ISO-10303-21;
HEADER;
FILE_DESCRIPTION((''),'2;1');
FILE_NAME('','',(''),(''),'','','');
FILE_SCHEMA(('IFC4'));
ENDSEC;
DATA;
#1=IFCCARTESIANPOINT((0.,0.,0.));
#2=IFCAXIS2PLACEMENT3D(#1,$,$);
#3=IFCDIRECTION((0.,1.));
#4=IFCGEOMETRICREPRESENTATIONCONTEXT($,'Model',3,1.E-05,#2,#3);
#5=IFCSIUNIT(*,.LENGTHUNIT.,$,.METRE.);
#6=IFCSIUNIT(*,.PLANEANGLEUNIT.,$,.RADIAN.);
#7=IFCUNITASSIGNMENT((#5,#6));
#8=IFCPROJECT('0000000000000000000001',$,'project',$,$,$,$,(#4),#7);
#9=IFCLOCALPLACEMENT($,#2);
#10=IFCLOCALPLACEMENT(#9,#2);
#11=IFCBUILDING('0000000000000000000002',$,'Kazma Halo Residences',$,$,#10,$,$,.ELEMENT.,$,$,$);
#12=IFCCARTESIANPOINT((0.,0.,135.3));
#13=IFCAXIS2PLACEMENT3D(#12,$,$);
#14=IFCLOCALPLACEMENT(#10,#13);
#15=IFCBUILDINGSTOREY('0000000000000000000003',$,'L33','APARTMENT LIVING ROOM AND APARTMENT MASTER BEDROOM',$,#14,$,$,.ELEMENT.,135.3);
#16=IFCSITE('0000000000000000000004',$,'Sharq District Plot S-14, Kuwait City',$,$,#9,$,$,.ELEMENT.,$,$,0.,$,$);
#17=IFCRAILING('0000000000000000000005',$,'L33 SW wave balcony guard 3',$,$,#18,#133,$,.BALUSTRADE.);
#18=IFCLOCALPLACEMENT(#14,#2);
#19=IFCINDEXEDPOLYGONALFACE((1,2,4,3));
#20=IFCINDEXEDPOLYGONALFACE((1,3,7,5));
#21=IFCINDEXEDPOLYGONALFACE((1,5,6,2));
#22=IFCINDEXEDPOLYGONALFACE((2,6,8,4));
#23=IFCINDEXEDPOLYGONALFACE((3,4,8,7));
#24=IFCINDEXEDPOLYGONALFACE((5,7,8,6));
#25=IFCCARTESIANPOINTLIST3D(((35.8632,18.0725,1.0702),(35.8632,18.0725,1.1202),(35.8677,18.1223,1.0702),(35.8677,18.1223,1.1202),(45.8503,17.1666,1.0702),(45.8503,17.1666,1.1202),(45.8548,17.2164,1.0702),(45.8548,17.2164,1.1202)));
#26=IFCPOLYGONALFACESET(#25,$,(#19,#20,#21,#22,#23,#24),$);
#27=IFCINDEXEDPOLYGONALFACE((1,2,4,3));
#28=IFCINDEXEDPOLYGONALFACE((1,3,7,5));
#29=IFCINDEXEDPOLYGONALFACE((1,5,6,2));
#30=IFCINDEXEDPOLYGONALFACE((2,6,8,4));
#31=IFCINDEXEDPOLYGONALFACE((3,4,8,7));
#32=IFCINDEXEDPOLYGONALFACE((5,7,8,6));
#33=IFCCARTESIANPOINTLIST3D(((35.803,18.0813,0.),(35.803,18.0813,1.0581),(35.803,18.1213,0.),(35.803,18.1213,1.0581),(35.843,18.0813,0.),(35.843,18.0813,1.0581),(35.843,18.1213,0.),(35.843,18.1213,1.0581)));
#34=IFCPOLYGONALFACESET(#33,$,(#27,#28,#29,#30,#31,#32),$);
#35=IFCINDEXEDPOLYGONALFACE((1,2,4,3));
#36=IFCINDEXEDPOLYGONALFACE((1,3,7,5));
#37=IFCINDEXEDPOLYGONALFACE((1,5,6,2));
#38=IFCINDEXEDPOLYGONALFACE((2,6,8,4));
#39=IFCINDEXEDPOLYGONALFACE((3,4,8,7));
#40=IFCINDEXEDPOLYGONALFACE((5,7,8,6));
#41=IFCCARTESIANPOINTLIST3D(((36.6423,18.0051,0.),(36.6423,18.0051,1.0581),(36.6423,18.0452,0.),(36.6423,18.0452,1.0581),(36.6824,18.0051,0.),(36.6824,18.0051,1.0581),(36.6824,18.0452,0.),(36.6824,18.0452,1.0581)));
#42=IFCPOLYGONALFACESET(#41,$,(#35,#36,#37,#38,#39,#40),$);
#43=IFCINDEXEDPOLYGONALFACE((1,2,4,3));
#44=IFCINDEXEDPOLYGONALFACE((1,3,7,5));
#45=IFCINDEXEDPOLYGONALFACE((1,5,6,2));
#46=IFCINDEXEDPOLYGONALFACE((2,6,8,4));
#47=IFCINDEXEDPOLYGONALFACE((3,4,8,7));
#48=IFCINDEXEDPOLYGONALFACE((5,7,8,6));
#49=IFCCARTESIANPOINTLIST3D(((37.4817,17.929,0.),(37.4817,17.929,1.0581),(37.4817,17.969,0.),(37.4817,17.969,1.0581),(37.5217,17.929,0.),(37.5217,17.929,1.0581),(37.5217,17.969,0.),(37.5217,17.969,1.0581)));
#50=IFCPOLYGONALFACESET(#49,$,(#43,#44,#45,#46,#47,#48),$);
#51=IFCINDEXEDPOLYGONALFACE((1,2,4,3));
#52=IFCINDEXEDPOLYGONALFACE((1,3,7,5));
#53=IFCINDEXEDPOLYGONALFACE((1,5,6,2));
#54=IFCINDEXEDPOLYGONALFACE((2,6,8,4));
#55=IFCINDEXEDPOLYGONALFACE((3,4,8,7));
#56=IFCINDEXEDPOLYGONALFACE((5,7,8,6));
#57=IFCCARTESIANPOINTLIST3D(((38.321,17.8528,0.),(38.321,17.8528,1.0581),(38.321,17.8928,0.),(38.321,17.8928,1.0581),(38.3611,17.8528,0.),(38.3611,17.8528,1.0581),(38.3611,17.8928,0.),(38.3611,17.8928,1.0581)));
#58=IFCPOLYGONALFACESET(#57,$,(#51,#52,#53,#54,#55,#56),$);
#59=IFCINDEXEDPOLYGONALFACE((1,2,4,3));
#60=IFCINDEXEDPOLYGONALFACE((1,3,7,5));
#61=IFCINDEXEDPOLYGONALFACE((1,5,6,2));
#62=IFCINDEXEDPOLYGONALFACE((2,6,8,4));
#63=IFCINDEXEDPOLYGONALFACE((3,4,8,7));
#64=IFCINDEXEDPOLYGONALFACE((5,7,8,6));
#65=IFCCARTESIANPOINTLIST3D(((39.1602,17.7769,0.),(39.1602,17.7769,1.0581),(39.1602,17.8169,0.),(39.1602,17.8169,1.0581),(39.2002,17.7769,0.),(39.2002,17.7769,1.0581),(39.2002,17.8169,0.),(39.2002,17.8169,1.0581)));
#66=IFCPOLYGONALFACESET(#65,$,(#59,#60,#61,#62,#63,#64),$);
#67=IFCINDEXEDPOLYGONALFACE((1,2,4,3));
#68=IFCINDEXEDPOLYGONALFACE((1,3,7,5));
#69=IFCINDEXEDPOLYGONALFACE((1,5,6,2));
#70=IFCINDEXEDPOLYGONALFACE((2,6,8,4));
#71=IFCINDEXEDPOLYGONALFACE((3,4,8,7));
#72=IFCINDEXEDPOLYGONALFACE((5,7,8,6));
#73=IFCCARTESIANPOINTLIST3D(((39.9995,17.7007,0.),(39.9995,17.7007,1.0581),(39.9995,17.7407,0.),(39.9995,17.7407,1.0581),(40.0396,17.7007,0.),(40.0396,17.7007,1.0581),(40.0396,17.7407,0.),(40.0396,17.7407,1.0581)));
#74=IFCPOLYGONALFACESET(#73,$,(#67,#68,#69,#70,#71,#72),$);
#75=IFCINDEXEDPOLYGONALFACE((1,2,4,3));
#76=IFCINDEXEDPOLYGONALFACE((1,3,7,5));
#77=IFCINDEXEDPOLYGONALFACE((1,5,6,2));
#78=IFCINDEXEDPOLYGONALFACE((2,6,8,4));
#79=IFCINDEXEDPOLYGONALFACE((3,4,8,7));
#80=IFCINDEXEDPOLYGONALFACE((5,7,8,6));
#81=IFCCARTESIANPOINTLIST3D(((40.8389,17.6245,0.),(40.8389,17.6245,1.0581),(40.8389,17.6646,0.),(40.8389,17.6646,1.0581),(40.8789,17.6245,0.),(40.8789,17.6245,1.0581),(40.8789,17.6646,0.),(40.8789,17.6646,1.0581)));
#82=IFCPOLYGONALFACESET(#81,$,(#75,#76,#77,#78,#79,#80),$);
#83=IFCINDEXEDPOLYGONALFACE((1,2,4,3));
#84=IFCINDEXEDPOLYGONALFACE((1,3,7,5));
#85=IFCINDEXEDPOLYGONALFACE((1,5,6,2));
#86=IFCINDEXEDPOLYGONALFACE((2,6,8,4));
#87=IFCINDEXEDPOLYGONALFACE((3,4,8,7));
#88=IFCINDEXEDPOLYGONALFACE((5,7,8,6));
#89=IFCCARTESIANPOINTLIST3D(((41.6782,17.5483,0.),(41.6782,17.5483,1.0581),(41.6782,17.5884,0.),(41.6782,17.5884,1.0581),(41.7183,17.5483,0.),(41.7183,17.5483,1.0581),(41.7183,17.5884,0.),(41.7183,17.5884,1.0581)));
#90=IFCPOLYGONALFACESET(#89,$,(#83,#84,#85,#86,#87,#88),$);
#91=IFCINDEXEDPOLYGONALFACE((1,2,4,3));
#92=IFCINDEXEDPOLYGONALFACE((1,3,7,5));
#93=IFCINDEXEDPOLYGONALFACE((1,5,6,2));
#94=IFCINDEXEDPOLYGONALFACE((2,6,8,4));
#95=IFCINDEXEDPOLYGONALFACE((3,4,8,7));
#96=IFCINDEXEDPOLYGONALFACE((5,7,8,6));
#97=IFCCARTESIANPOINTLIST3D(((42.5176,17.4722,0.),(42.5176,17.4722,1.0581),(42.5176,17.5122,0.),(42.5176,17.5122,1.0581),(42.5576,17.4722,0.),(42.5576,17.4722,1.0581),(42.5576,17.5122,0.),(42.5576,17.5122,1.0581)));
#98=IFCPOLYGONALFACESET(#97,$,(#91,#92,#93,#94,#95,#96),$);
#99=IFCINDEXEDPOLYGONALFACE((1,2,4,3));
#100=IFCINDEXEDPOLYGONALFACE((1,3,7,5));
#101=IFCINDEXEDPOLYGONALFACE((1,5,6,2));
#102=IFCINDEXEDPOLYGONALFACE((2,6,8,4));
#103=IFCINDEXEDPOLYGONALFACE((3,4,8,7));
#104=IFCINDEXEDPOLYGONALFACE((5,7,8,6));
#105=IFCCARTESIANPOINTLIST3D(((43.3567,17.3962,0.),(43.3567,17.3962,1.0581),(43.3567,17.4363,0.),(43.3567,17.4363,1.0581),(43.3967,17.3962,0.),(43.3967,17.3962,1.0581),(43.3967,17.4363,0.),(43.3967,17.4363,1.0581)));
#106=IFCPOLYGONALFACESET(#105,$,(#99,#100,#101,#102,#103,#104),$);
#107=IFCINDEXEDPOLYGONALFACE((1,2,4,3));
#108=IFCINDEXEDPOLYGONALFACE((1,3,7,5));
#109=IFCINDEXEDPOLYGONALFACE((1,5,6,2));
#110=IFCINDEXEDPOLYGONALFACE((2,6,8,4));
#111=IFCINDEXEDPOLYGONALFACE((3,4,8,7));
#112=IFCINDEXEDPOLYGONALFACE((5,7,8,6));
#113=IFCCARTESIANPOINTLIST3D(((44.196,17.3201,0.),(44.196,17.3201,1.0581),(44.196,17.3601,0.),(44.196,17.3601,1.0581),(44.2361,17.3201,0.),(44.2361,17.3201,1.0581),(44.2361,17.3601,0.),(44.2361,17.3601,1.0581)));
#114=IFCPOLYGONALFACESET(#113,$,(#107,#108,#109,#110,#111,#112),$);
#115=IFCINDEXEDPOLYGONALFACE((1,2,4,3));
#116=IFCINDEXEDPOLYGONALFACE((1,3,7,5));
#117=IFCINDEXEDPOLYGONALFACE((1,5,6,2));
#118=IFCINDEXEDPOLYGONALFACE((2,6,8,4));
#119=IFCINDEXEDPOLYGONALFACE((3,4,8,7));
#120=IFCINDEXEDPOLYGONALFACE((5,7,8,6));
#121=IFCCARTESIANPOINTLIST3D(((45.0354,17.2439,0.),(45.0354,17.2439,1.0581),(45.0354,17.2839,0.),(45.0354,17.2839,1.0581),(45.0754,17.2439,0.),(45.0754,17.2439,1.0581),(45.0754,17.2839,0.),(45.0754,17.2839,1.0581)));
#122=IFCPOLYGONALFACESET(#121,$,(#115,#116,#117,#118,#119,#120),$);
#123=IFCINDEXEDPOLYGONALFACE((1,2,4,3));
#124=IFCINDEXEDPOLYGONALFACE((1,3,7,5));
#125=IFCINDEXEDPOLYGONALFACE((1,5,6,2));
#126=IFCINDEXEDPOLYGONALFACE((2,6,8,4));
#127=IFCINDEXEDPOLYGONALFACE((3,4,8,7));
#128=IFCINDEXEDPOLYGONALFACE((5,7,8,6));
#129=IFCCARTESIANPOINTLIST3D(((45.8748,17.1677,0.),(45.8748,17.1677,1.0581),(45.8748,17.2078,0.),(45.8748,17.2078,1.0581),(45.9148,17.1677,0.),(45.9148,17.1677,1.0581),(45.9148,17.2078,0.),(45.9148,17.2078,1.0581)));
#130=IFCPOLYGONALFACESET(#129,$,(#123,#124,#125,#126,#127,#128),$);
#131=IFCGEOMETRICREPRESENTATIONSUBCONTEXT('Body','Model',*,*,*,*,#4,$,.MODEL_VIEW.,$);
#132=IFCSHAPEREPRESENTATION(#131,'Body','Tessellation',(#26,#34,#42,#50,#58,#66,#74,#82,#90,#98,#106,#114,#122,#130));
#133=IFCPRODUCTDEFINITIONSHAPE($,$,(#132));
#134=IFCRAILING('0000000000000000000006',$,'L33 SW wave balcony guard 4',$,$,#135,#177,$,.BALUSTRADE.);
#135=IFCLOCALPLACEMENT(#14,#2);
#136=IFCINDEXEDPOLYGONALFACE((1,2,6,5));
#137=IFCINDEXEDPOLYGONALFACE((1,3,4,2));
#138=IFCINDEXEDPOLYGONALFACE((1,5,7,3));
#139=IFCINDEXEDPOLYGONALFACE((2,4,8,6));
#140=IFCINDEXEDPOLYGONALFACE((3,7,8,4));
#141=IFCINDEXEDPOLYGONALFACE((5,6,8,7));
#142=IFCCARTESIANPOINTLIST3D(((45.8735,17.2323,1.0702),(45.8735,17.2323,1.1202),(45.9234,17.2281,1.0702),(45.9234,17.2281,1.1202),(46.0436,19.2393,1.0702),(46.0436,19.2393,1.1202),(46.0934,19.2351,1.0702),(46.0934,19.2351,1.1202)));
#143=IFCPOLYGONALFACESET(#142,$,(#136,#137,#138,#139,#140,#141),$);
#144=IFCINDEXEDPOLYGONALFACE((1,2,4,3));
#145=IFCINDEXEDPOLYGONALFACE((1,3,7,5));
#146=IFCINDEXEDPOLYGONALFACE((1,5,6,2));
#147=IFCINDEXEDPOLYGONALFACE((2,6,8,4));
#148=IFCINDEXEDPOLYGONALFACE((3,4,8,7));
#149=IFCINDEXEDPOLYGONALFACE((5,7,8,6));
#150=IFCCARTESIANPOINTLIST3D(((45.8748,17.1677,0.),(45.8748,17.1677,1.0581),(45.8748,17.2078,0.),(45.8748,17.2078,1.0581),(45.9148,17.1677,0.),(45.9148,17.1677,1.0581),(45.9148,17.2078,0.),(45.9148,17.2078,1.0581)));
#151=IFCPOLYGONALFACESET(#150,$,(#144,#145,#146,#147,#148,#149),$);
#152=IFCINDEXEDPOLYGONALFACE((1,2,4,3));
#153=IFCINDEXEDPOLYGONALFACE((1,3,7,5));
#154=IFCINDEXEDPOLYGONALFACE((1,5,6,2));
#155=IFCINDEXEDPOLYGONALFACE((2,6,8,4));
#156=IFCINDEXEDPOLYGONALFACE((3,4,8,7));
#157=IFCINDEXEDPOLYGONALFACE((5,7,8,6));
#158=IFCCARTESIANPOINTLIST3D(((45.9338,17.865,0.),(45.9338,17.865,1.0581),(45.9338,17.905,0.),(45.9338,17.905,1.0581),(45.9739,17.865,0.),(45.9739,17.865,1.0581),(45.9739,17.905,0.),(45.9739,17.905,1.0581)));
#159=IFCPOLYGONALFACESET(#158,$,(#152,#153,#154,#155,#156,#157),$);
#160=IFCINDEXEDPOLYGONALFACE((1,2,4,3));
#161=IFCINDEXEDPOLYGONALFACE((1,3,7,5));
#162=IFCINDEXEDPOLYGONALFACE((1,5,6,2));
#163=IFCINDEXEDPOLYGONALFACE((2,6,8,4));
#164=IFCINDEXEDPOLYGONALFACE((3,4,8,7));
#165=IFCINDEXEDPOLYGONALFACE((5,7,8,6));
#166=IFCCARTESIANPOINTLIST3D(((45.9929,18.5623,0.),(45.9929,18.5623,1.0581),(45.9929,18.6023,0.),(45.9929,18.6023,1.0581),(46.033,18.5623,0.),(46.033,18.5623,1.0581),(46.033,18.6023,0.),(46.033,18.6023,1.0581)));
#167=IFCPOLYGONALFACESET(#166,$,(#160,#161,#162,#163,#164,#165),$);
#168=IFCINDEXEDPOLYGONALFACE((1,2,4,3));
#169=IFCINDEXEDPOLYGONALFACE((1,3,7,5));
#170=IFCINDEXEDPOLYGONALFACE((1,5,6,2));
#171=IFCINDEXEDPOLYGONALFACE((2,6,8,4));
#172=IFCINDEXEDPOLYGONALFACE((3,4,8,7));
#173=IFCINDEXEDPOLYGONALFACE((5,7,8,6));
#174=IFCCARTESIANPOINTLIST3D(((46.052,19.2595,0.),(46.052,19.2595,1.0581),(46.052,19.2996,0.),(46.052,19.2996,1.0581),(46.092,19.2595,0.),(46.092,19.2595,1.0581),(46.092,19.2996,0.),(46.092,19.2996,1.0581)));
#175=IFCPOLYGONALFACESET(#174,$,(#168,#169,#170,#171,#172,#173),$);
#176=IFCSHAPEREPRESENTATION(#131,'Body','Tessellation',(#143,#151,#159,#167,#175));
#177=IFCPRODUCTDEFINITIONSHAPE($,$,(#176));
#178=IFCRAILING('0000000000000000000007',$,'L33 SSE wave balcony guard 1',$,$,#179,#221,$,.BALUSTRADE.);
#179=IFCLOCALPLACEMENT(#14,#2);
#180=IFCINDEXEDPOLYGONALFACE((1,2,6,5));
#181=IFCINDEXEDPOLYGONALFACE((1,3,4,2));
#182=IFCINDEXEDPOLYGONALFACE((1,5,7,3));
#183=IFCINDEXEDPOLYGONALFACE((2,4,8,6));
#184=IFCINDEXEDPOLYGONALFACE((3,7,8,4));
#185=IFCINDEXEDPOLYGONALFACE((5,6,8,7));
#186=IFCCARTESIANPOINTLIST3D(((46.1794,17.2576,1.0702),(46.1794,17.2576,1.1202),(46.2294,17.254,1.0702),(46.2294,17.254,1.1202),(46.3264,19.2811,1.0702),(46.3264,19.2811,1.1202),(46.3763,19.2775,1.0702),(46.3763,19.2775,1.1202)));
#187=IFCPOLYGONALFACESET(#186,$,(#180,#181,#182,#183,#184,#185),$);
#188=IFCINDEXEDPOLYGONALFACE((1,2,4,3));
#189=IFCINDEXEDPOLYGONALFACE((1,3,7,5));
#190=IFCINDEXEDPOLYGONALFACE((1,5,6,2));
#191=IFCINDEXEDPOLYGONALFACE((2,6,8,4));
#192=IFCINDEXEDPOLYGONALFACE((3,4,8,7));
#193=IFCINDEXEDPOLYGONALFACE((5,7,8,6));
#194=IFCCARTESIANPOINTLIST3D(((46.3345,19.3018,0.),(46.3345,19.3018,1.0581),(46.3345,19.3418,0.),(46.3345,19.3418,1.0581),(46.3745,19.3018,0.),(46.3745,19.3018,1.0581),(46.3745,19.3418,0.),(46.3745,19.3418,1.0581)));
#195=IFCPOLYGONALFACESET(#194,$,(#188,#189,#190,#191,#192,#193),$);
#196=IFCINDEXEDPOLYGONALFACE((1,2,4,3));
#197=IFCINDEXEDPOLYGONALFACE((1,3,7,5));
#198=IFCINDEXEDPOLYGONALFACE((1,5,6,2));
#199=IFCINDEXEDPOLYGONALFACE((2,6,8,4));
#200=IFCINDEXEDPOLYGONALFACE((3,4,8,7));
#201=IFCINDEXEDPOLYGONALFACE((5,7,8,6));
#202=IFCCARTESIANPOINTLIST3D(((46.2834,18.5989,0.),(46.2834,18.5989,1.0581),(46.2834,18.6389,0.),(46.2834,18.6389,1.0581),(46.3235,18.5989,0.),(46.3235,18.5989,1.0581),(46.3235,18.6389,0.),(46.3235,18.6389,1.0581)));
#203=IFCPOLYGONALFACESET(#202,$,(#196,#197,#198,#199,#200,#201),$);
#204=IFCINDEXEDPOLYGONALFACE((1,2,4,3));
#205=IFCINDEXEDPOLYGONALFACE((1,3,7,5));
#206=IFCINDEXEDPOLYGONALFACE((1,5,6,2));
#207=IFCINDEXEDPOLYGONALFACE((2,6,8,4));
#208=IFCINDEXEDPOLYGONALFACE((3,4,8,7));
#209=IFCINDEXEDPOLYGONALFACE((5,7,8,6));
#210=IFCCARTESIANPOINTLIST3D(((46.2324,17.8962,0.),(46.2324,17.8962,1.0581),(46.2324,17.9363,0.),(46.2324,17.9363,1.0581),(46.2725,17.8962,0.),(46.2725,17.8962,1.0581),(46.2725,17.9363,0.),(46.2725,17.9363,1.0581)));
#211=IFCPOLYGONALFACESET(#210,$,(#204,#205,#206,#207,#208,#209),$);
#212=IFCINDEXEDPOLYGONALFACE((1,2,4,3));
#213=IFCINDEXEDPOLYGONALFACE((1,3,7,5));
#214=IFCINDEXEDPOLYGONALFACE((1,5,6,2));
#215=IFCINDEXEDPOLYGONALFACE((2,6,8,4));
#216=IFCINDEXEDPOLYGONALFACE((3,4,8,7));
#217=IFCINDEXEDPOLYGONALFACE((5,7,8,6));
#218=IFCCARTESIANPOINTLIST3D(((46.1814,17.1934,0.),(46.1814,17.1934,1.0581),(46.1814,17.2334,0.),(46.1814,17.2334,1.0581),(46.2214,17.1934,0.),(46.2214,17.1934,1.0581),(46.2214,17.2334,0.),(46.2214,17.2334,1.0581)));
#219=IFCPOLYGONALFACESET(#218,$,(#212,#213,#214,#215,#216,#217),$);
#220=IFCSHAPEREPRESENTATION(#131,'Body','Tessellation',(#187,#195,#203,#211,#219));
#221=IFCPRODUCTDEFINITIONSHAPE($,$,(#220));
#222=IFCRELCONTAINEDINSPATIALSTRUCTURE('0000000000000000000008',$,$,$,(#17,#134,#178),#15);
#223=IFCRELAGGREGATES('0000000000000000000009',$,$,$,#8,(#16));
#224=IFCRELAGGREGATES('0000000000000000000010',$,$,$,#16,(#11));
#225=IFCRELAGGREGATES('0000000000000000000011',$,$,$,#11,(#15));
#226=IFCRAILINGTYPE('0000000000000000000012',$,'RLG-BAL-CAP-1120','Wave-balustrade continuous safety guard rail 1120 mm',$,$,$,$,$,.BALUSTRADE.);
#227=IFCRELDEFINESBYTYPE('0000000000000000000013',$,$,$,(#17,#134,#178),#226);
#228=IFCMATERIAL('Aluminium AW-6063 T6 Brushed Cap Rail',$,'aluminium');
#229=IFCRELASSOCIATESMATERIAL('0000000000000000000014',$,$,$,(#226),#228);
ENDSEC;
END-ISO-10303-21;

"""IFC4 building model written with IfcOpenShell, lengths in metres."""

from ifc_helpers import new_model, si_unit, direction, frame, origin, origin_2d, place, context, subcontext, project, spatial, rectangle, extrude, material, type_object, element, save


model = new_model("IFC4")

# Units and contexts
model_context = context("Model", 3, precision=1e-05, world=origin(), true_north=direction((0.0, 1.0)))
body_context = subcontext(model_context, "Body", "Model", "MODEL_VIEW")
ifc_project = project(units=[si_unit("LENGTHUNIT", "METRE"), si_unit("PLANEANGLEUNIT", "RADIAN")], contexts=[model_context])

# Site, building, storey
site_placement = place(None, origin())
site = spatial("IfcSite", under=ifc_project, at=site_placement, Name="Sharq District Plot S-14, Kuwait City", CompositionType="ELEMENT", RefElevation=0.0)
building_placement = place(site_placement, origin())
building = spatial("IfcBuilding", under=site, at=building_placement, Name="Kazma Halo Residences", CompositionType="ELEMENT")
storey_placement = place(building_placement, frame((0.0, 0.0, 135.3)))
storey = spatial("IfcBuildingStorey", under=building, at=storey_placement, Name="L33", Description="APARTMENT LIVING ROOM AND APARTMENT MASTER BEDROOM", CompositionType="ELEMENT", Elevation=135.3)

# Railings
ifc_material_1 = material(Name="Aluminium AW-6063 T6 Brushed Cap Rail", Category="aluminium")
railing_type = type_object("IfcRailingType", Name="RLG-BAL-CAP-1120", Description="Wave-balustrade continuous safety guard rail 1120 mm", PredefinedType="BALUSTRADE", material=ifc_material_1)
railing_1_placement = place(storey_placement, frame((35.823, 18.1013, 0.0)))
element("IfcRailing", 1, at=railing_1_placement, inside=storey, type_object=railing_type, Name="L33 SW wave balcony guard 3", PredefinedType="BALUSTRADE", context=body_context, shape_type="SweptSolid", body=[
    extrude(rectangle(XDim=0.05, YDim=0.05, at=origin_2d()), frame((0.0425, -0.0039, 1.0952), z_axis=(0.995911, -0.090335, 0.0), x_axis=(0.090335, 0.995911, 0.0)), (0.0, 0.0, 1.0), 10.0281),
    extrude(rectangle(XDim=0.04, YDim=0.04, at=origin_2d()), origin(), (0.0, 0.0, 1.0), 1.0581),
    extrude(rectangle(XDim=0.04, YDim=0.04, at=origin_2d()), frame((0.8394, -0.0762, 0.0)), (0.0, 0.0, 1.0), 1.0581),
    extrude(rectangle(XDim=0.04, YDim=0.04, at=origin_2d()), frame((1.6787, -0.1523, 0.0)), (0.0, 0.0, 1.0), 1.0581),
    extrude(rectangle(XDim=0.04, YDim=0.04, at=origin_2d()), frame((2.5181, -0.2285, 0.0)), (0.0, 0.0, 1.0), 1.0581),
    extrude(rectangle(XDim=0.04, YDim=0.04, at=origin_2d()), frame((3.3572, -0.3044, 0.0)), (0.0, 0.0, 1.0), 1.0581),
    extrude(rectangle(XDim=0.04, YDim=0.04, at=origin_2d()), frame((4.1965, -0.3806, 0.0)), (0.0, 0.0, 1.0), 1.0581),
    extrude(rectangle(XDim=0.04, YDim=0.04, at=origin_2d()), frame((5.0359, -0.4568, 0.0)), (0.0, 0.0, 1.0), 1.0581),
    extrude(rectangle(XDim=0.04, YDim=0.04, at=origin_2d()), frame((5.8752, -0.533, 0.0)), (0.0, 0.0, 1.0), 1.0581),
    extrude(rectangle(XDim=0.04, YDim=0.04, at=origin_2d()), frame((6.7146, -0.6091, 0.0)), (0.0, 0.0, 1.0), 1.0581),
    extrude(rectangle(XDim=0.04, YDim=0.04, at=origin_2d()), frame((7.5537, -0.6851, 0.0)), (0.0, 0.0, 1.0), 1.0581),
    extrude(rectangle(XDim=0.04, YDim=0.04, at=origin_2d()), frame((8.3931, -0.7612, 0.0)), (0.0, 0.0, 1.0), 1.0581),
    extrude(rectangle(XDim=0.04, YDim=0.04, at=origin_2d()), frame((9.2324, -0.8374, 0.0)), (0.0, 0.0, 1.0), 1.0581),
    extrude(rectangle(XDim=0.04, YDim=0.04, at=origin_2d()), frame((10.0718, -0.9136, 0.0)), (0.0, 0.0, 1.0), 1.0581),
])
railing_2_placement = place(storey_placement, frame((45.8948, 17.1877, 0.0)))
element("IfcRailing", 2, at=railing_2_placement, inside=storey, type_object=railing_type, Name="L33 SW wave balcony guard 4", PredefinedType="BALUSTRADE", context=body_context, shape_type="SweptSolid", body=[
    extrude(rectangle(XDim=0.05, YDim=0.05, at=origin_2d()), frame((0.0037, 0.0425, 1.0952), z_axis=(0.084431, 0.996429, 0.0), x_axis=(-0.996429, 0.084431, 0.0)), (0.0, 0.0, 1.0), 2.0142),
    extrude(rectangle(XDim=0.04, YDim=0.04, at=origin_2d()), origin(), (0.0, 0.0, 1.0), 1.0581),
    extrude(rectangle(XDim=0.04, YDim=0.04, at=origin_2d()), frame((0.0591, 0.6973, 0.0)), (0.0, 0.0, 1.0), 1.0581),
    extrude(rectangle(XDim=0.04, YDim=0.04, at=origin_2d()), frame((0.1182, 1.3945, 0.0)), (0.0, 0.0, 1.0), 1.0581),
    extrude(rectangle(XDim=0.04, YDim=0.04, at=origin_2d()), frame((0.1772, 2.0918, 0.0)), (0.0, 0.0, 1.0), 1.0581),
])
railing_3_placement = place(storey_placement, frame((46.3545, 19.3218, 0.0)))
element("IfcRailing", 3, at=railing_3_placement, inside=storey, type_object=railing_type, Name="L33 SSE wave balcony guard 1", PredefinedType="BALUSTRADE", context=body_context, shape_type="SweptSolid", body=[
    extrude(rectangle(XDim=0.05, YDim=0.05, at=origin_2d()), frame((-0.0032, -0.0425, 1.0952), z_axis=(-0.072412, -0.997375, 0.0), x_axis=(0.997375, -0.072412, 0.0)), (0.0, 0.0, 1.0), 2.0288),
    extrude(rectangle(XDim=0.04, YDim=0.04, at=origin_2d()), origin(), (0.0, 0.0, 1.0), 1.0581),
    extrude(rectangle(XDim=0.04, YDim=0.04, at=origin_2d()), frame((-0.051, -0.7029, 0.0)), (0.0, 0.0, 1.0), 1.0581),
    extrude(rectangle(XDim=0.04, YDim=0.04, at=origin_2d()), frame((-0.1021, -1.4055, 0.0)), (0.0, 0.0, 1.0), 1.0581),
    extrude(rectangle(XDim=0.04, YDim=0.04, at=origin_2d()), frame((-0.1531, -2.1084, 0.0)), (0.0, 0.0, 1.0), 1.0581),
])

save(model, "model.ifc")
